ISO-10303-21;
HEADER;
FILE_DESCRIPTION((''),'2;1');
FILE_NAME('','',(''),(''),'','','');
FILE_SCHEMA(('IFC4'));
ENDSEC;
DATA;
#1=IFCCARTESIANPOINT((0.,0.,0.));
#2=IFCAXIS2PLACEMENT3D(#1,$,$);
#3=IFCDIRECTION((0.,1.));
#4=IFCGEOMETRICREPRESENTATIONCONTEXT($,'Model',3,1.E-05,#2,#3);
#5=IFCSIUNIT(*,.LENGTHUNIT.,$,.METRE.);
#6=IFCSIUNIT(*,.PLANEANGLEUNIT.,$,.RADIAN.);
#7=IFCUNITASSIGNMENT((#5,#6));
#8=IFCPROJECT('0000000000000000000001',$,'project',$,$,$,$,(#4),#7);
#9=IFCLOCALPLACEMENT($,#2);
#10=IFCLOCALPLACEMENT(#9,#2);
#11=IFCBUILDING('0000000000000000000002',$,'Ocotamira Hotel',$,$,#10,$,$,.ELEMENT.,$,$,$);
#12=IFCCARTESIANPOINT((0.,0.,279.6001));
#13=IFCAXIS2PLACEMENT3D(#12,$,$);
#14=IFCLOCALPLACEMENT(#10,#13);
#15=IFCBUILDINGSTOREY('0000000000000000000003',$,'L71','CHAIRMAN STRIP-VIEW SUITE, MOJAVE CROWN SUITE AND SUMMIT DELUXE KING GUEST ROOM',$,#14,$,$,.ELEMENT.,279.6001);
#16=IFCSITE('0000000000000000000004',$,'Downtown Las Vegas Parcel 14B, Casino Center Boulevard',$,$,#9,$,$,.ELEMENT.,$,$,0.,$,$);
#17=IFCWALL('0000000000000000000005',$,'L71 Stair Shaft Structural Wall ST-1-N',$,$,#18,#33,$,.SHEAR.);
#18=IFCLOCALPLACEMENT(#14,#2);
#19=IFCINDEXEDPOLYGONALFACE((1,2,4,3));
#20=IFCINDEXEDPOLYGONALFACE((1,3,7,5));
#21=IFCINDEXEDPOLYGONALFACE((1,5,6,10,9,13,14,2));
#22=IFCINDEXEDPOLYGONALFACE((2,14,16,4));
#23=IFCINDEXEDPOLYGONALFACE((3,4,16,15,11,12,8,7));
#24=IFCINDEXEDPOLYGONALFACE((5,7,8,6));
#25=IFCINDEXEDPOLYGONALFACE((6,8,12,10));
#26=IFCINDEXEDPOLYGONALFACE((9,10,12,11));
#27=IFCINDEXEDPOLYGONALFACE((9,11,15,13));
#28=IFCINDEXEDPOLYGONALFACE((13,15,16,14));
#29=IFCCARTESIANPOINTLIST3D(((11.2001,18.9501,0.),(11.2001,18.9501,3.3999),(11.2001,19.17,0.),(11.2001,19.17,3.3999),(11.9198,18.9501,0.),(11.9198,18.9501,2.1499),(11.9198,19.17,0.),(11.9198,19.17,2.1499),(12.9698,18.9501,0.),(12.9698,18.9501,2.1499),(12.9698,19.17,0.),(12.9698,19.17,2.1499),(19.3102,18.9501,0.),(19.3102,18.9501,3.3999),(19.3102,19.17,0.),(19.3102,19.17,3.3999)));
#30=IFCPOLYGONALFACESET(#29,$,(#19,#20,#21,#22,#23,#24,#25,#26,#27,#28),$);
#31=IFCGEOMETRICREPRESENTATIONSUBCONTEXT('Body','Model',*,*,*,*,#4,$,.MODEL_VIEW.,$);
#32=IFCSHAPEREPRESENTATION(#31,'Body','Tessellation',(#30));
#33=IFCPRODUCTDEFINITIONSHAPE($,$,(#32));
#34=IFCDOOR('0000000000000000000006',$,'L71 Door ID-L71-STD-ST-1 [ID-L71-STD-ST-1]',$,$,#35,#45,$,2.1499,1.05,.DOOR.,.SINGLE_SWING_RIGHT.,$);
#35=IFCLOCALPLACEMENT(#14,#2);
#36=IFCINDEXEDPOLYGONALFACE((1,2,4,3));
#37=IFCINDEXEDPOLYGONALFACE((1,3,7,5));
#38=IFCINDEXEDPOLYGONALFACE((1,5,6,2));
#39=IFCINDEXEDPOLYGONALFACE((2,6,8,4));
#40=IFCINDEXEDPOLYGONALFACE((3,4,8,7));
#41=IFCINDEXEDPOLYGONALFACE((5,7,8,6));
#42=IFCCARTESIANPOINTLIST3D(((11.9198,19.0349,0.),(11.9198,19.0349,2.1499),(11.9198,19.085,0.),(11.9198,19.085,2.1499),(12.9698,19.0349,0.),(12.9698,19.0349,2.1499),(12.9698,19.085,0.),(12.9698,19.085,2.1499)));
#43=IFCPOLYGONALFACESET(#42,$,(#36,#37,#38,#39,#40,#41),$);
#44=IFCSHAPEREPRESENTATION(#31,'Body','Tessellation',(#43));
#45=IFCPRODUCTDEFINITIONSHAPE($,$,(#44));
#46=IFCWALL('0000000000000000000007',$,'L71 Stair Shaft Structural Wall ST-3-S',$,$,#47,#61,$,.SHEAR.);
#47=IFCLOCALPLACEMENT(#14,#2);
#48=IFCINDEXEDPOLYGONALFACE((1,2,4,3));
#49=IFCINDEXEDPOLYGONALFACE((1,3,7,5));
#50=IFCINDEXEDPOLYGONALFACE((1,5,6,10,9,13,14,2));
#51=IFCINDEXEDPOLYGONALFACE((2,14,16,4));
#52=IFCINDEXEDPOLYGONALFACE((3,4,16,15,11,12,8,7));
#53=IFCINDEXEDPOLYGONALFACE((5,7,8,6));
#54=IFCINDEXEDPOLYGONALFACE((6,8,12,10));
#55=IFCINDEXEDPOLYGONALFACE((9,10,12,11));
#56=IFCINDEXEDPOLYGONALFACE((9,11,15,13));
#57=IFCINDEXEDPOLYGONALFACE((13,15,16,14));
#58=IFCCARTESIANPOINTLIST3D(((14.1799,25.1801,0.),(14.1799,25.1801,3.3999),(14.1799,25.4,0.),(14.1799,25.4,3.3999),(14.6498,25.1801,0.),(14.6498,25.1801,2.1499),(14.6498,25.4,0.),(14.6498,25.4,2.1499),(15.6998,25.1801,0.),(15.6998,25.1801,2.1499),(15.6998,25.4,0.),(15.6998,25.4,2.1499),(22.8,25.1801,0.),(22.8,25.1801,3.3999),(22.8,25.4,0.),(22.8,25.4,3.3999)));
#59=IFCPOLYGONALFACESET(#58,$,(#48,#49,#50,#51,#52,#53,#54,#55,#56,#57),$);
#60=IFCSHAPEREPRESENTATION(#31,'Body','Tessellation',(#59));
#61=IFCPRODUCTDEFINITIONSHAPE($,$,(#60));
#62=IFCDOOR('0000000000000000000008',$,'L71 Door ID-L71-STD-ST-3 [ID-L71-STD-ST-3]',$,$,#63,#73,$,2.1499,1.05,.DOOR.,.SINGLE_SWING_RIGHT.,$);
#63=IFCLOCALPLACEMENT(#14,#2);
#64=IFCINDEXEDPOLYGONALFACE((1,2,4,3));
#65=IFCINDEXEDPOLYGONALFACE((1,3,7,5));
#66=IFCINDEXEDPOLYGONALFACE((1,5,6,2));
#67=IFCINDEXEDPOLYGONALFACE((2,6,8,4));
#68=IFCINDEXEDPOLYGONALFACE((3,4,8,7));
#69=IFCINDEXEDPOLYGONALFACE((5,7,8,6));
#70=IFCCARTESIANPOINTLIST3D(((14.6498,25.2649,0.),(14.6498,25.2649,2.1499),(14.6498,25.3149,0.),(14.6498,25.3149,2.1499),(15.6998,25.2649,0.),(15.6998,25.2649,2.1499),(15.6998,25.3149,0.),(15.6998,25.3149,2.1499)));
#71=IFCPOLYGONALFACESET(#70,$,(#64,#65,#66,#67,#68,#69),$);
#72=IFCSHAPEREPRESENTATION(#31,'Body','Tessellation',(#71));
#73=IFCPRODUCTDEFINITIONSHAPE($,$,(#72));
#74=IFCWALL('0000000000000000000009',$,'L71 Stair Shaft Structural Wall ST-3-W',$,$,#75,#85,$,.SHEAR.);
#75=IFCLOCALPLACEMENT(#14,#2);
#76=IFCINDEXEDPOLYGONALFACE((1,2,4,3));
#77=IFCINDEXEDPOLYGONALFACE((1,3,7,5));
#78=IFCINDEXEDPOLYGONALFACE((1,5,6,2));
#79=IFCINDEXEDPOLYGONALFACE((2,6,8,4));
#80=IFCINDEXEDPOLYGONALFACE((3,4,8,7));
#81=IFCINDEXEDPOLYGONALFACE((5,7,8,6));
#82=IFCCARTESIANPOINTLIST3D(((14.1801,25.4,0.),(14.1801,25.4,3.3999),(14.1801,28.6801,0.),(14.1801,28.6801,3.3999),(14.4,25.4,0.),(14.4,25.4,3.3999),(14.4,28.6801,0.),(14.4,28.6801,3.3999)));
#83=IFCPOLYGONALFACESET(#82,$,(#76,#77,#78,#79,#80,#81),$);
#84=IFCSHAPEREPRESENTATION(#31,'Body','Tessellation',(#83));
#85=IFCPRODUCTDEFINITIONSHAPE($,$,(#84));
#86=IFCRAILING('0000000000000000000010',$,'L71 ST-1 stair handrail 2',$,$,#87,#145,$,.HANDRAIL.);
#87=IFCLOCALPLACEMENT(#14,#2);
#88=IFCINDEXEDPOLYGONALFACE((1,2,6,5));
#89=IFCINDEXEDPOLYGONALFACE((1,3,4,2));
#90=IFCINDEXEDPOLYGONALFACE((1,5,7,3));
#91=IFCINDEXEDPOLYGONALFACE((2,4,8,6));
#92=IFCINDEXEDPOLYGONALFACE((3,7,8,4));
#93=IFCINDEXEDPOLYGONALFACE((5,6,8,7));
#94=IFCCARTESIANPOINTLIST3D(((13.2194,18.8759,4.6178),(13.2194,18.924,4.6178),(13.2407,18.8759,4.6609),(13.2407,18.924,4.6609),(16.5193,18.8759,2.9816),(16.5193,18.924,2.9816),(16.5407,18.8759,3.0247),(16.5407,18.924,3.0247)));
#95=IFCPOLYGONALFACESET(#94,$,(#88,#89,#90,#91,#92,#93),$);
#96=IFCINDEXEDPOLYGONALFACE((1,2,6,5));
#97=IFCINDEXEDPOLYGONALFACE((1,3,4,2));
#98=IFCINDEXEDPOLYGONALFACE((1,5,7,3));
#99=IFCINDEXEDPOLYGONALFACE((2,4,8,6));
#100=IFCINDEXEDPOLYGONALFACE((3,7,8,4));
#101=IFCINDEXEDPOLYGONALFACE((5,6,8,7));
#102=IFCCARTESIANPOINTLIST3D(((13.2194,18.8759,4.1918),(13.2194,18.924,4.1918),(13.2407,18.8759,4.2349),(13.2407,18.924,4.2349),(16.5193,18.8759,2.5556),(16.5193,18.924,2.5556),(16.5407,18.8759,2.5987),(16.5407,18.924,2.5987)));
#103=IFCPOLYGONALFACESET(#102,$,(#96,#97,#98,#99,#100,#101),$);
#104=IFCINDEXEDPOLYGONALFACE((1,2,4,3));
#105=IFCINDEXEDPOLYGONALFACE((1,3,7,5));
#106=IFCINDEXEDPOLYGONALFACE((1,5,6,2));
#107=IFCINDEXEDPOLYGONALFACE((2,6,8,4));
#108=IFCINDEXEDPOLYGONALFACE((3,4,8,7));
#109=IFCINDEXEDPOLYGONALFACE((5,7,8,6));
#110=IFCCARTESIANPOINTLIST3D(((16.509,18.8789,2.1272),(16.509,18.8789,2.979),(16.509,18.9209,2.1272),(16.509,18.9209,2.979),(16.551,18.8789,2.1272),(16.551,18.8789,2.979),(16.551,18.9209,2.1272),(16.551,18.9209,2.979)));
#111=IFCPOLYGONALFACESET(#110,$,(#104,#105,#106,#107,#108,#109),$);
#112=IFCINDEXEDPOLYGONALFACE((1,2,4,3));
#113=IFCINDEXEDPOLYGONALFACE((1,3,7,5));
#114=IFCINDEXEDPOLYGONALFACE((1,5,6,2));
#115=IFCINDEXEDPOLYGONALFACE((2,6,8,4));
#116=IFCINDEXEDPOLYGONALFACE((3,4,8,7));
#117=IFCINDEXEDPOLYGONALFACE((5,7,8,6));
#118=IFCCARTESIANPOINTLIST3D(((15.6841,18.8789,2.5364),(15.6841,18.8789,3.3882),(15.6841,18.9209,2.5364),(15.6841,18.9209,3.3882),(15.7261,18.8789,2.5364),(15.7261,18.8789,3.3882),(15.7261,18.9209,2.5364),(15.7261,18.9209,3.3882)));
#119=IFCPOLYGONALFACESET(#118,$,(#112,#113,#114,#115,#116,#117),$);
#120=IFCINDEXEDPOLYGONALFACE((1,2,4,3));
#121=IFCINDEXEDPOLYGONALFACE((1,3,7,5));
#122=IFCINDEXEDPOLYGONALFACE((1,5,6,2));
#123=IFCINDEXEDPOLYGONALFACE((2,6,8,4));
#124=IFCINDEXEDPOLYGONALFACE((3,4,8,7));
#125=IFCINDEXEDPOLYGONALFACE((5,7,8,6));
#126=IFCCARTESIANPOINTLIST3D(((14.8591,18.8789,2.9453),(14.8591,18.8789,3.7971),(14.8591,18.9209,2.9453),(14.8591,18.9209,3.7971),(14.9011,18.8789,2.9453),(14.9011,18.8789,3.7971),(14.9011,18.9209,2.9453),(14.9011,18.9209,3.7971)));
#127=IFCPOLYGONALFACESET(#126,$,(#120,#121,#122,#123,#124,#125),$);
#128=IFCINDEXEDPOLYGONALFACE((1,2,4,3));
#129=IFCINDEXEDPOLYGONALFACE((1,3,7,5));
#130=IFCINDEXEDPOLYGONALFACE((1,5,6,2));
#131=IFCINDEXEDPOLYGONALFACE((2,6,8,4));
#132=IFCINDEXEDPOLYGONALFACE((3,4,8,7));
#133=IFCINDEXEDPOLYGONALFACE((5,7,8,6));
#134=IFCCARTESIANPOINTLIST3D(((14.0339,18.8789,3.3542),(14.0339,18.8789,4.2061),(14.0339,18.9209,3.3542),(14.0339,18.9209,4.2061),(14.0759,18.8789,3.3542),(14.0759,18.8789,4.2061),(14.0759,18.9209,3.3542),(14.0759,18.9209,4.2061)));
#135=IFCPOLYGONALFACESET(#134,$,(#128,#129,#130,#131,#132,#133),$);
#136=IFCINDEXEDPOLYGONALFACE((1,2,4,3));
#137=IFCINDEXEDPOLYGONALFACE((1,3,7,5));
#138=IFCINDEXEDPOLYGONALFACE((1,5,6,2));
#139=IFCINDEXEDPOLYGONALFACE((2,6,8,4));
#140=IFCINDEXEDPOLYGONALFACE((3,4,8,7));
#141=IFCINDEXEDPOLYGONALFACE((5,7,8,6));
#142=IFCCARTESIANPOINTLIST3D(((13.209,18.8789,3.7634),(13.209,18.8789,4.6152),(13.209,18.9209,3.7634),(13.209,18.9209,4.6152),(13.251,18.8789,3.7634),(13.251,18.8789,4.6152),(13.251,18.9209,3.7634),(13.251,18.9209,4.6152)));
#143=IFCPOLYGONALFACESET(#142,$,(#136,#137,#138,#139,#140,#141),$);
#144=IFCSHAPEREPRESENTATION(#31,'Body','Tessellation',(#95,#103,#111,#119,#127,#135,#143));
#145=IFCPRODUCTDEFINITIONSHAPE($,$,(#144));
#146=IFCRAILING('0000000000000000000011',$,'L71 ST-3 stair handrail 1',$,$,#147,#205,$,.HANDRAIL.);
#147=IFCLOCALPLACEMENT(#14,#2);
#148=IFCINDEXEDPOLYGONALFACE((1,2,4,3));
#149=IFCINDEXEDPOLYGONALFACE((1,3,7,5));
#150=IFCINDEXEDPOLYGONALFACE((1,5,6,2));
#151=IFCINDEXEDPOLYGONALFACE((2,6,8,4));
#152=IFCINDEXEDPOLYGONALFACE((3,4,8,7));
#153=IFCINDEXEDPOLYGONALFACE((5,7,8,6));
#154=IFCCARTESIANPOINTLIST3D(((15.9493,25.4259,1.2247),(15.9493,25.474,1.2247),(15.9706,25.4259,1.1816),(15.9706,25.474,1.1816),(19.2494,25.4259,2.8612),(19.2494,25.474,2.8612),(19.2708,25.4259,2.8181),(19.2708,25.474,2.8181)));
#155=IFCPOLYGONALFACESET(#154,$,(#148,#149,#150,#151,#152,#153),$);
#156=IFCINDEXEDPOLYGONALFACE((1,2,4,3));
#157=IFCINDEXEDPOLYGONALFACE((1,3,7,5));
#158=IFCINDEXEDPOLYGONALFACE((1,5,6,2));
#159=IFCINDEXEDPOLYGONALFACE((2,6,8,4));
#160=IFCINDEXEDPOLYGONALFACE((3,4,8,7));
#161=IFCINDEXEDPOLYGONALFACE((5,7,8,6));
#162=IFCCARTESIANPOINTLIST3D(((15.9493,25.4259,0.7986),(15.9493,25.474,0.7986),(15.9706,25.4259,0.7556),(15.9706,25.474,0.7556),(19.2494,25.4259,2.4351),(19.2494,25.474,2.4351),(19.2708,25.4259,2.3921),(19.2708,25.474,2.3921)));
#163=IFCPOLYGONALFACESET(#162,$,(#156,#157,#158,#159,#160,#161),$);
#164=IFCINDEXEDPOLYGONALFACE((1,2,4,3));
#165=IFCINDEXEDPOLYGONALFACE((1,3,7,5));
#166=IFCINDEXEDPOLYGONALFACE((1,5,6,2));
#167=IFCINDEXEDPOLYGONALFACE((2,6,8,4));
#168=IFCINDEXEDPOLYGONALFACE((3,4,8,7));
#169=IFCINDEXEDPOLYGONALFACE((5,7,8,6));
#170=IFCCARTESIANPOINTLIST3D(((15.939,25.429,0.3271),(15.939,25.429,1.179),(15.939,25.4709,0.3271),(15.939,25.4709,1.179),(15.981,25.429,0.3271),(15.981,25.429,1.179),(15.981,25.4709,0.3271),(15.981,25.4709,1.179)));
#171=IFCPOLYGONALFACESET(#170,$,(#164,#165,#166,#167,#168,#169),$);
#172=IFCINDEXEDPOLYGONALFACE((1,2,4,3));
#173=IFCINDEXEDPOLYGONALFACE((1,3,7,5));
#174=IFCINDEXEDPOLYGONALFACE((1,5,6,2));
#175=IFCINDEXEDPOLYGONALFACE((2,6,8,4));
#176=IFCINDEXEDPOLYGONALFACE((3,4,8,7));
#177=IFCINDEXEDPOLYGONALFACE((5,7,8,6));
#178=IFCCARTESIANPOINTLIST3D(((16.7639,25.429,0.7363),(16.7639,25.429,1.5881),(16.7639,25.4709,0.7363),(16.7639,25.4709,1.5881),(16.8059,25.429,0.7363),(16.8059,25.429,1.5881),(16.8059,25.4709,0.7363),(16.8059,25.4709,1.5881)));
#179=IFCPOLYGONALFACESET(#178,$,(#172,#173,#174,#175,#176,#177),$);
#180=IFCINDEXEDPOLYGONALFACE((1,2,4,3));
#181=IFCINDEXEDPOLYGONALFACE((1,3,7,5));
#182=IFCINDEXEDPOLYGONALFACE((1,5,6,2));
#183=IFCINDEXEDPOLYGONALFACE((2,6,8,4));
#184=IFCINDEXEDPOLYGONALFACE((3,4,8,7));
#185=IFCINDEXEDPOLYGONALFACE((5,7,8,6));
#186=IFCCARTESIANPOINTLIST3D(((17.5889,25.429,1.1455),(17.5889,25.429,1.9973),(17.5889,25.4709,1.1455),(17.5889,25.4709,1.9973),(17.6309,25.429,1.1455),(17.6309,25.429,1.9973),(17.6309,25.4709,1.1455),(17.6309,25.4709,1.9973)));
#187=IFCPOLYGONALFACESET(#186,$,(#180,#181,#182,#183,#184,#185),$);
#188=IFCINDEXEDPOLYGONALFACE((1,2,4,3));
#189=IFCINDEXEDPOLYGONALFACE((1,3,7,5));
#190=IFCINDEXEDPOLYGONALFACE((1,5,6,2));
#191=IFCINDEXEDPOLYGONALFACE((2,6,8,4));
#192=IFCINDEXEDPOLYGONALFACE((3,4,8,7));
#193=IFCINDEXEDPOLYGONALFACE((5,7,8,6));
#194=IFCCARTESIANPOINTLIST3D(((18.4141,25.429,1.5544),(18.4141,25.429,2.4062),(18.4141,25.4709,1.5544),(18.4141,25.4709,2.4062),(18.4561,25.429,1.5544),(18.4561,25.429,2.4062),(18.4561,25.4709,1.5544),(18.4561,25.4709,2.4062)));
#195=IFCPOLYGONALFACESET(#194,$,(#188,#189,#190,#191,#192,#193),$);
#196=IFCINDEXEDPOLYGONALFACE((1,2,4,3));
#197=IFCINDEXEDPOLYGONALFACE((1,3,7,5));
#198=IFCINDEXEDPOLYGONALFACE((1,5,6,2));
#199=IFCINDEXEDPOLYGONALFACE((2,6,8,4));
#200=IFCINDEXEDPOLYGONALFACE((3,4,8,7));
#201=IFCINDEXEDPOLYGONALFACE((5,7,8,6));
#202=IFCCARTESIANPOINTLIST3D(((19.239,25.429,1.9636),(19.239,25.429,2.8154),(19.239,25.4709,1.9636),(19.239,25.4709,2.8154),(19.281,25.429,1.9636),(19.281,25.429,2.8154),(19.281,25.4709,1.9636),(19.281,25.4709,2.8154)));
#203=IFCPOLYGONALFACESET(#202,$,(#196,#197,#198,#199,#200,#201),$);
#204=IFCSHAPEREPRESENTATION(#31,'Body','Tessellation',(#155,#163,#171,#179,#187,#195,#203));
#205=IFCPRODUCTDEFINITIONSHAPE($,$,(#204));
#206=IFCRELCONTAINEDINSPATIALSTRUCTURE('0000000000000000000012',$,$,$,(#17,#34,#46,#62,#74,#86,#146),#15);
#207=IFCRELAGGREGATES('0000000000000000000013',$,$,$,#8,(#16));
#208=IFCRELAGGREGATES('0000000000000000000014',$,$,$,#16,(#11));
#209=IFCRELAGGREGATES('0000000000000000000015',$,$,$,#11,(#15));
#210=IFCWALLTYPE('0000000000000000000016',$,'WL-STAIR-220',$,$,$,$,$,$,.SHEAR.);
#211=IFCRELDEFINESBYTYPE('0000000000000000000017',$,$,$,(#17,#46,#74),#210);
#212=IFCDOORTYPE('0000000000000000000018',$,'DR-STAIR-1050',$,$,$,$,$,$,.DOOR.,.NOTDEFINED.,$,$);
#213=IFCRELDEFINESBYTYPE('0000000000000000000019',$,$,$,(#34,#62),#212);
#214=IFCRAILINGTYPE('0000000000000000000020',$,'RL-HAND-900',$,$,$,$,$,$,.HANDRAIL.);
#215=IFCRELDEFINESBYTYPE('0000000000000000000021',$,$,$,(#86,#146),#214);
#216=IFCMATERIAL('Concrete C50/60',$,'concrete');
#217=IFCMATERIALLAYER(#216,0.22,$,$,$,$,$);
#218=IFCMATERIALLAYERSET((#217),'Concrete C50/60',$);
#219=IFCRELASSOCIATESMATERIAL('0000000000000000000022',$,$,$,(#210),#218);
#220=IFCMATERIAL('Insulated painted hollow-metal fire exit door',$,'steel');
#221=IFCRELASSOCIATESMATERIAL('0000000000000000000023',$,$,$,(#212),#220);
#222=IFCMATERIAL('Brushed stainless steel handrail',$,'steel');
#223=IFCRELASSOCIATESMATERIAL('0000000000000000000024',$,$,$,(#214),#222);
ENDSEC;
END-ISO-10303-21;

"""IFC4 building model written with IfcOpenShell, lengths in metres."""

from ifc_helpers import new_model, si_unit, direction, frame, frame_2d, origin, origin_2d, place, context, subcontext, project, spatial, rectangle, extrude, source, transform, mapped, material, layer, layer_set, type_object, element, fill, save


model = new_model("IFC4")

# Units and contexts
model_context = context("Model", 3, precision=1e-05, world=origin(), true_north=direction((0.0, 1.0)))
body_context = subcontext(model_context, "Body", "Model", "MODEL_VIEW")
ifc_project = project(units=[si_unit("LENGTHUNIT", "METRE"), si_unit("PLANEANGLEUNIT", "RADIAN")], contexts=[model_context])

# Site, building, storey
site_placement = place(None, origin())
site = spatial("IfcSite", under=ifc_project, at=site_placement, Name="Downtown Las Vegas Parcel 14B, Casino Center Boulevard", CompositionType="ELEMENT", RefElevation=0.0)
building_placement = place(site_placement, origin())
building = spatial("IfcBuilding", under=site, at=building_placement, Name="Ocotamira Hotel", CompositionType="ELEMENT")
storey_placement = place(building_placement, frame((0.0, 0.0, 279.6001)))
storey = spatial("IfcBuildingStorey", under=building, at=storey_placement, Name="L71", Description="CHAIRMAN STRIP-VIEW SUITE, MOJAVE CROWN SUITE AND SUMMIT DELUXE KING GUEST ROOM", CompositionType="ELEMENT", Elevation=279.6001)

# Shared definitions
ifc_material_1 = material(Name="Concrete C50/60", Category="concrete")

# Walls, openings, doors
ifc_layer_1 = layer(ifc_material_1, 0.22)
ifc_layer_set_1 = layer_set([ifc_layer_1], Name="Concrete C50/60")
wall_type_1 = type_object("IfcWallType", Name="WL-STAIR-220", PredefinedType="SHEAR", material=ifc_layer_set_1)
wall_1_placement = place(storey_placement, frame((11.2, 19.0601, 0.0), z_axis=(0.0, 0.0, 1.0), x_axis=(1.0, 0.0, 0.0)))
wall_1 = element("IfcWall", 1, at=wall_1_placement, inside=storey, type_object=wall_type_1, Name="L71 Stair Shaft Structural Wall ST-1-N", PredefinedType="SHEAR", context=body_context, shape_type="SweptSolid", body=[
    extrude(rectangle(XDim=8.1101, YDim=0.22, at=frame_2d((4.0552, 0.0))), origin(), (0.0, 0.0, 1.0), 3.3999),
])
opening_1_placement = place(wall_1_placement, frame((0.72, 0.0, 0.0)))
opening_1 = element("IfcOpeningElement", 2, at=opening_1_placement, cuts=wall_1, PredefinedType="OPENING", context=body_context, shape_type="SweptSolid", body=[
    extrude(rectangle(XDim=1.05, YDim=2.1499, at=frame_2d((0.5249, 1.075))), frame((0.0, 0.1201, 0.0), z_axis=(0.0, -1.0, 0.0), x_axis=(1.0, 0.0, 0.0)), (0.0, 0.0, 1.0), 0.24),
])
ifc_material_2 = material(Name="Insulated painted hollow-metal fire exit door", Category="steel")
door_type_1 = type_object("IfcDoorType", Name="DR-STAIR-1050", OperationType="NOTDEFINED", PredefinedType="DOOR", material=ifc_material_2)
shared_shape_1 = source(origin(), body_context, "Body", "SweptSolid", [
    extrude(rectangle(XDim=1.05, YDim=2.1499, at=frame_2d((0.5249, 1.075))), frame((0.0, 0.0249, 0.0), z_axis=(0.0, -1.0, 0.0), x_axis=(1.0, 0.0, 0.0)), (0.0, 0.0, 1.0), 0.05),
])
door_1_placement = place(opening_1_placement, origin())
door_1 = element("IfcDoor", 3, at=door_1_placement, inside=storey, type_object=door_type_1, Name="L71 Door ID-L71-STD-ST-1 [ID-L71-STD-ST-1]", OperationType="SINGLE_SWING_RIGHT", OverallHeight=2.1499, OverallWidth=1.05, PredefinedType="DOOR", context=body_context, shape_type="MappedRepresentation", body=[
    mapped(shared_shape_1, transform((0.0, 0.0, 0.0), scale=1.0)),
])
fill(opening_1, door_1)
wall_2_placement = place(storey_placement, frame((14.1799, 25.29, 0.0), z_axis=(0.0, 0.0, 1.0), x_axis=(1.0, 0.0, 0.0)))
wall_2 = element("IfcWall", 4, at=wall_2_placement, inside=storey, type_object=wall_type_1, Name="L71 Stair Shaft Structural Wall ST-3-S", PredefinedType="SHEAR", context=body_context, shape_type="SweptSolid", body=[
    extrude(rectangle(XDim=8.6201, YDim=0.22, at=frame_2d((4.3101, 0.0))), origin(), (0.0, 0.0, 1.0), 3.3999),
])
opening_2_placement = place(wall_2_placement, frame((0.47, 0.0, 0.0)))
opening_2 = element("IfcOpeningElement", 5, at=opening_2_placement, cuts=wall_2, PredefinedType="OPENING", context=body_context, shape_type="SweptSolid", body=[
    extrude(rectangle(XDim=1.05, YDim=2.1499, at=frame_2d((0.5249, 1.075))), frame((0.0, 0.1201, 0.0), z_axis=(0.0, -1.0, 0.0), x_axis=(1.0, 0.0, 0.0)), (0.0, 0.0, 1.0), 0.24),
])
door_2_placement = place(opening_2_placement, origin())
door_2 = element("IfcDoor", 6, at=door_2_placement, inside=storey, type_object=door_type_1, Name="L71 Door ID-L71-STD-ST-3 [ID-L71-STD-ST-3]", OperationType="SINGLE_SWING_RIGHT", OverallHeight=2.1499, OverallWidth=1.05, PredefinedType="DOOR", context=body_context, shape_type="MappedRepresentation", body=[
    mapped(shared_shape_1, transform((0.0, 0.0, 0.0), scale=1.0)),
])
fill(opening_2, door_2)

# Wall
wall_3_placement = place(storey_placement, frame((14.29, 25.3999, 0.0), z_axis=(0.0, 0.0, 1.0), x_axis=(0.0, 1.0, 0.0)))
element("IfcWall", 7, at=wall_3_placement, inside=storey, type_object=wall_type_1, Name="L71 Stair Shaft Structural Wall ST-3-W", PredefinedType="SHEAR", context=body_context, shape_type="SweptSolid", body=[
    extrude(rectangle(XDim=3.28, YDim=0.22, at=frame_2d((1.6401, 0.0))), origin(), (0.0, 0.0, 1.0), 3.3999),
])

# Railings
ifc_material_3 = material(Name="Brushed stainless steel handrail", Category="steel")
railing_type = type_object("IfcRailingType", Name="RL-HAND-900", PredefinedType="HANDRAIL", material=ifc_material_3)
railing_1_placement = place(storey_placement, frame((16.53, 18.8999, 2.1272)))
element("IfcRailing", 8, at=railing_1_placement, inside=storey, type_object=railing_type, Name="L71 ST-1 stair handrail 2", PredefinedType="HANDRAIL", context=body_context, shape_type="SweptSolid", body=[
    extrude(rectangle(XDim=0.0481, YDim=0.0481, at=origin_2d()), frame((0.0, 0.0, 0.876), z_axis=(-0.89592, 0.0, 0.444215), x_axis=(0.0, -1.0, 0.0)), (0.0, 0.0, 1.0), 3.6833),
    extrude(rectangle(XDim=0.0481, YDim=0.0481, at=origin_2d()), frame((0.0, 0.0, 0.45), z_axis=(-0.89592, 0.0, 0.444215), x_axis=(0.0, -1.0, 0.0)), (0.0, 0.0, 1.0), 3.6833),
    extrude(rectangle(XDim=0.042, YDim=0.042, at=origin_2d()), origin(), (0.0, 0.0, 1.0), 0.8518),
    extrude(rectangle(XDim=0.042, YDim=0.042, at=origin_2d()), frame((-0.825, 0.0, 0.4092)), (0.0, 0.0, 1.0), 0.8518),
    extrude(rectangle(XDim=0.042, YDim=0.042, at=origin_2d()), frame((-1.6499, 0.0, 0.8181)), (0.0, 0.0, 1.0), 0.8518),
    extrude(rectangle(XDim=0.042, YDim=0.042, at=origin_2d()), frame((-2.4751, 0.0, 1.2271)), (0.0, 0.0, 1.0), 0.8518),
    extrude(rectangle(XDim=0.042, YDim=0.042, at=origin_2d()), frame((-3.3, 0.0, 1.6362)), (0.0, 0.0, 1.0), 0.8518),
])
railing_2_placement = place(storey_placement, frame((15.96, 25.45, 0.3271)))
element("IfcRailing", 9, at=railing_2_placement, inside=storey, type_object=railing_type, Name="L71 ST-3 stair handrail 1", PredefinedType="HANDRAIL", context=body_context, shape_type="SweptSolid", body=[
    extrude(rectangle(XDim=0.0481, YDim=0.0481, at=origin_2d()), frame((0.0, 0.0, 0.876), z_axis=(0.895894, 0.0, 0.444268), x_axis=(0.0, 1.0, 0.0)), (0.0, 0.0, 1.0), 3.6836),
    extrude(rectangle(XDim=0.0481, YDim=0.0481, at=origin_2d()), frame((0.0, 0.0, 0.45), z_axis=(0.895894, 0.0, 0.444268), x_axis=(0.0, 1.0, 0.0)), (0.0, 0.0, 1.0), 3.6836),
    extrude(rectangle(XDim=0.042, YDim=0.042, at=origin_2d()), origin(), (0.0, 0.0, 1.0), 0.8518),
    extrude(rectangle(XDim=0.042, YDim=0.042, at=origin_2d()), frame((0.825, 0.0, 0.4092)), (0.0, 0.0, 1.0), 0.8518),
    extrude(rectangle(XDim=0.042, YDim=0.042, at=origin_2d()), frame((1.6499, 0.0, 0.8184)), (0.0, 0.0, 1.0), 0.8518),
    extrude(rectangle(XDim=0.042, YDim=0.042, at=origin_2d()), frame((2.4751, 0.0, 1.2273)), (0.0, 0.0, 1.0), 0.8518),
    extrude(rectangle(XDim=0.042, YDim=0.042, at=origin_2d()), frame((3.3, 0.0, 1.6365)), (0.0, 0.0, 1.0), 0.8518),
])

save(model, "model.ifc")
